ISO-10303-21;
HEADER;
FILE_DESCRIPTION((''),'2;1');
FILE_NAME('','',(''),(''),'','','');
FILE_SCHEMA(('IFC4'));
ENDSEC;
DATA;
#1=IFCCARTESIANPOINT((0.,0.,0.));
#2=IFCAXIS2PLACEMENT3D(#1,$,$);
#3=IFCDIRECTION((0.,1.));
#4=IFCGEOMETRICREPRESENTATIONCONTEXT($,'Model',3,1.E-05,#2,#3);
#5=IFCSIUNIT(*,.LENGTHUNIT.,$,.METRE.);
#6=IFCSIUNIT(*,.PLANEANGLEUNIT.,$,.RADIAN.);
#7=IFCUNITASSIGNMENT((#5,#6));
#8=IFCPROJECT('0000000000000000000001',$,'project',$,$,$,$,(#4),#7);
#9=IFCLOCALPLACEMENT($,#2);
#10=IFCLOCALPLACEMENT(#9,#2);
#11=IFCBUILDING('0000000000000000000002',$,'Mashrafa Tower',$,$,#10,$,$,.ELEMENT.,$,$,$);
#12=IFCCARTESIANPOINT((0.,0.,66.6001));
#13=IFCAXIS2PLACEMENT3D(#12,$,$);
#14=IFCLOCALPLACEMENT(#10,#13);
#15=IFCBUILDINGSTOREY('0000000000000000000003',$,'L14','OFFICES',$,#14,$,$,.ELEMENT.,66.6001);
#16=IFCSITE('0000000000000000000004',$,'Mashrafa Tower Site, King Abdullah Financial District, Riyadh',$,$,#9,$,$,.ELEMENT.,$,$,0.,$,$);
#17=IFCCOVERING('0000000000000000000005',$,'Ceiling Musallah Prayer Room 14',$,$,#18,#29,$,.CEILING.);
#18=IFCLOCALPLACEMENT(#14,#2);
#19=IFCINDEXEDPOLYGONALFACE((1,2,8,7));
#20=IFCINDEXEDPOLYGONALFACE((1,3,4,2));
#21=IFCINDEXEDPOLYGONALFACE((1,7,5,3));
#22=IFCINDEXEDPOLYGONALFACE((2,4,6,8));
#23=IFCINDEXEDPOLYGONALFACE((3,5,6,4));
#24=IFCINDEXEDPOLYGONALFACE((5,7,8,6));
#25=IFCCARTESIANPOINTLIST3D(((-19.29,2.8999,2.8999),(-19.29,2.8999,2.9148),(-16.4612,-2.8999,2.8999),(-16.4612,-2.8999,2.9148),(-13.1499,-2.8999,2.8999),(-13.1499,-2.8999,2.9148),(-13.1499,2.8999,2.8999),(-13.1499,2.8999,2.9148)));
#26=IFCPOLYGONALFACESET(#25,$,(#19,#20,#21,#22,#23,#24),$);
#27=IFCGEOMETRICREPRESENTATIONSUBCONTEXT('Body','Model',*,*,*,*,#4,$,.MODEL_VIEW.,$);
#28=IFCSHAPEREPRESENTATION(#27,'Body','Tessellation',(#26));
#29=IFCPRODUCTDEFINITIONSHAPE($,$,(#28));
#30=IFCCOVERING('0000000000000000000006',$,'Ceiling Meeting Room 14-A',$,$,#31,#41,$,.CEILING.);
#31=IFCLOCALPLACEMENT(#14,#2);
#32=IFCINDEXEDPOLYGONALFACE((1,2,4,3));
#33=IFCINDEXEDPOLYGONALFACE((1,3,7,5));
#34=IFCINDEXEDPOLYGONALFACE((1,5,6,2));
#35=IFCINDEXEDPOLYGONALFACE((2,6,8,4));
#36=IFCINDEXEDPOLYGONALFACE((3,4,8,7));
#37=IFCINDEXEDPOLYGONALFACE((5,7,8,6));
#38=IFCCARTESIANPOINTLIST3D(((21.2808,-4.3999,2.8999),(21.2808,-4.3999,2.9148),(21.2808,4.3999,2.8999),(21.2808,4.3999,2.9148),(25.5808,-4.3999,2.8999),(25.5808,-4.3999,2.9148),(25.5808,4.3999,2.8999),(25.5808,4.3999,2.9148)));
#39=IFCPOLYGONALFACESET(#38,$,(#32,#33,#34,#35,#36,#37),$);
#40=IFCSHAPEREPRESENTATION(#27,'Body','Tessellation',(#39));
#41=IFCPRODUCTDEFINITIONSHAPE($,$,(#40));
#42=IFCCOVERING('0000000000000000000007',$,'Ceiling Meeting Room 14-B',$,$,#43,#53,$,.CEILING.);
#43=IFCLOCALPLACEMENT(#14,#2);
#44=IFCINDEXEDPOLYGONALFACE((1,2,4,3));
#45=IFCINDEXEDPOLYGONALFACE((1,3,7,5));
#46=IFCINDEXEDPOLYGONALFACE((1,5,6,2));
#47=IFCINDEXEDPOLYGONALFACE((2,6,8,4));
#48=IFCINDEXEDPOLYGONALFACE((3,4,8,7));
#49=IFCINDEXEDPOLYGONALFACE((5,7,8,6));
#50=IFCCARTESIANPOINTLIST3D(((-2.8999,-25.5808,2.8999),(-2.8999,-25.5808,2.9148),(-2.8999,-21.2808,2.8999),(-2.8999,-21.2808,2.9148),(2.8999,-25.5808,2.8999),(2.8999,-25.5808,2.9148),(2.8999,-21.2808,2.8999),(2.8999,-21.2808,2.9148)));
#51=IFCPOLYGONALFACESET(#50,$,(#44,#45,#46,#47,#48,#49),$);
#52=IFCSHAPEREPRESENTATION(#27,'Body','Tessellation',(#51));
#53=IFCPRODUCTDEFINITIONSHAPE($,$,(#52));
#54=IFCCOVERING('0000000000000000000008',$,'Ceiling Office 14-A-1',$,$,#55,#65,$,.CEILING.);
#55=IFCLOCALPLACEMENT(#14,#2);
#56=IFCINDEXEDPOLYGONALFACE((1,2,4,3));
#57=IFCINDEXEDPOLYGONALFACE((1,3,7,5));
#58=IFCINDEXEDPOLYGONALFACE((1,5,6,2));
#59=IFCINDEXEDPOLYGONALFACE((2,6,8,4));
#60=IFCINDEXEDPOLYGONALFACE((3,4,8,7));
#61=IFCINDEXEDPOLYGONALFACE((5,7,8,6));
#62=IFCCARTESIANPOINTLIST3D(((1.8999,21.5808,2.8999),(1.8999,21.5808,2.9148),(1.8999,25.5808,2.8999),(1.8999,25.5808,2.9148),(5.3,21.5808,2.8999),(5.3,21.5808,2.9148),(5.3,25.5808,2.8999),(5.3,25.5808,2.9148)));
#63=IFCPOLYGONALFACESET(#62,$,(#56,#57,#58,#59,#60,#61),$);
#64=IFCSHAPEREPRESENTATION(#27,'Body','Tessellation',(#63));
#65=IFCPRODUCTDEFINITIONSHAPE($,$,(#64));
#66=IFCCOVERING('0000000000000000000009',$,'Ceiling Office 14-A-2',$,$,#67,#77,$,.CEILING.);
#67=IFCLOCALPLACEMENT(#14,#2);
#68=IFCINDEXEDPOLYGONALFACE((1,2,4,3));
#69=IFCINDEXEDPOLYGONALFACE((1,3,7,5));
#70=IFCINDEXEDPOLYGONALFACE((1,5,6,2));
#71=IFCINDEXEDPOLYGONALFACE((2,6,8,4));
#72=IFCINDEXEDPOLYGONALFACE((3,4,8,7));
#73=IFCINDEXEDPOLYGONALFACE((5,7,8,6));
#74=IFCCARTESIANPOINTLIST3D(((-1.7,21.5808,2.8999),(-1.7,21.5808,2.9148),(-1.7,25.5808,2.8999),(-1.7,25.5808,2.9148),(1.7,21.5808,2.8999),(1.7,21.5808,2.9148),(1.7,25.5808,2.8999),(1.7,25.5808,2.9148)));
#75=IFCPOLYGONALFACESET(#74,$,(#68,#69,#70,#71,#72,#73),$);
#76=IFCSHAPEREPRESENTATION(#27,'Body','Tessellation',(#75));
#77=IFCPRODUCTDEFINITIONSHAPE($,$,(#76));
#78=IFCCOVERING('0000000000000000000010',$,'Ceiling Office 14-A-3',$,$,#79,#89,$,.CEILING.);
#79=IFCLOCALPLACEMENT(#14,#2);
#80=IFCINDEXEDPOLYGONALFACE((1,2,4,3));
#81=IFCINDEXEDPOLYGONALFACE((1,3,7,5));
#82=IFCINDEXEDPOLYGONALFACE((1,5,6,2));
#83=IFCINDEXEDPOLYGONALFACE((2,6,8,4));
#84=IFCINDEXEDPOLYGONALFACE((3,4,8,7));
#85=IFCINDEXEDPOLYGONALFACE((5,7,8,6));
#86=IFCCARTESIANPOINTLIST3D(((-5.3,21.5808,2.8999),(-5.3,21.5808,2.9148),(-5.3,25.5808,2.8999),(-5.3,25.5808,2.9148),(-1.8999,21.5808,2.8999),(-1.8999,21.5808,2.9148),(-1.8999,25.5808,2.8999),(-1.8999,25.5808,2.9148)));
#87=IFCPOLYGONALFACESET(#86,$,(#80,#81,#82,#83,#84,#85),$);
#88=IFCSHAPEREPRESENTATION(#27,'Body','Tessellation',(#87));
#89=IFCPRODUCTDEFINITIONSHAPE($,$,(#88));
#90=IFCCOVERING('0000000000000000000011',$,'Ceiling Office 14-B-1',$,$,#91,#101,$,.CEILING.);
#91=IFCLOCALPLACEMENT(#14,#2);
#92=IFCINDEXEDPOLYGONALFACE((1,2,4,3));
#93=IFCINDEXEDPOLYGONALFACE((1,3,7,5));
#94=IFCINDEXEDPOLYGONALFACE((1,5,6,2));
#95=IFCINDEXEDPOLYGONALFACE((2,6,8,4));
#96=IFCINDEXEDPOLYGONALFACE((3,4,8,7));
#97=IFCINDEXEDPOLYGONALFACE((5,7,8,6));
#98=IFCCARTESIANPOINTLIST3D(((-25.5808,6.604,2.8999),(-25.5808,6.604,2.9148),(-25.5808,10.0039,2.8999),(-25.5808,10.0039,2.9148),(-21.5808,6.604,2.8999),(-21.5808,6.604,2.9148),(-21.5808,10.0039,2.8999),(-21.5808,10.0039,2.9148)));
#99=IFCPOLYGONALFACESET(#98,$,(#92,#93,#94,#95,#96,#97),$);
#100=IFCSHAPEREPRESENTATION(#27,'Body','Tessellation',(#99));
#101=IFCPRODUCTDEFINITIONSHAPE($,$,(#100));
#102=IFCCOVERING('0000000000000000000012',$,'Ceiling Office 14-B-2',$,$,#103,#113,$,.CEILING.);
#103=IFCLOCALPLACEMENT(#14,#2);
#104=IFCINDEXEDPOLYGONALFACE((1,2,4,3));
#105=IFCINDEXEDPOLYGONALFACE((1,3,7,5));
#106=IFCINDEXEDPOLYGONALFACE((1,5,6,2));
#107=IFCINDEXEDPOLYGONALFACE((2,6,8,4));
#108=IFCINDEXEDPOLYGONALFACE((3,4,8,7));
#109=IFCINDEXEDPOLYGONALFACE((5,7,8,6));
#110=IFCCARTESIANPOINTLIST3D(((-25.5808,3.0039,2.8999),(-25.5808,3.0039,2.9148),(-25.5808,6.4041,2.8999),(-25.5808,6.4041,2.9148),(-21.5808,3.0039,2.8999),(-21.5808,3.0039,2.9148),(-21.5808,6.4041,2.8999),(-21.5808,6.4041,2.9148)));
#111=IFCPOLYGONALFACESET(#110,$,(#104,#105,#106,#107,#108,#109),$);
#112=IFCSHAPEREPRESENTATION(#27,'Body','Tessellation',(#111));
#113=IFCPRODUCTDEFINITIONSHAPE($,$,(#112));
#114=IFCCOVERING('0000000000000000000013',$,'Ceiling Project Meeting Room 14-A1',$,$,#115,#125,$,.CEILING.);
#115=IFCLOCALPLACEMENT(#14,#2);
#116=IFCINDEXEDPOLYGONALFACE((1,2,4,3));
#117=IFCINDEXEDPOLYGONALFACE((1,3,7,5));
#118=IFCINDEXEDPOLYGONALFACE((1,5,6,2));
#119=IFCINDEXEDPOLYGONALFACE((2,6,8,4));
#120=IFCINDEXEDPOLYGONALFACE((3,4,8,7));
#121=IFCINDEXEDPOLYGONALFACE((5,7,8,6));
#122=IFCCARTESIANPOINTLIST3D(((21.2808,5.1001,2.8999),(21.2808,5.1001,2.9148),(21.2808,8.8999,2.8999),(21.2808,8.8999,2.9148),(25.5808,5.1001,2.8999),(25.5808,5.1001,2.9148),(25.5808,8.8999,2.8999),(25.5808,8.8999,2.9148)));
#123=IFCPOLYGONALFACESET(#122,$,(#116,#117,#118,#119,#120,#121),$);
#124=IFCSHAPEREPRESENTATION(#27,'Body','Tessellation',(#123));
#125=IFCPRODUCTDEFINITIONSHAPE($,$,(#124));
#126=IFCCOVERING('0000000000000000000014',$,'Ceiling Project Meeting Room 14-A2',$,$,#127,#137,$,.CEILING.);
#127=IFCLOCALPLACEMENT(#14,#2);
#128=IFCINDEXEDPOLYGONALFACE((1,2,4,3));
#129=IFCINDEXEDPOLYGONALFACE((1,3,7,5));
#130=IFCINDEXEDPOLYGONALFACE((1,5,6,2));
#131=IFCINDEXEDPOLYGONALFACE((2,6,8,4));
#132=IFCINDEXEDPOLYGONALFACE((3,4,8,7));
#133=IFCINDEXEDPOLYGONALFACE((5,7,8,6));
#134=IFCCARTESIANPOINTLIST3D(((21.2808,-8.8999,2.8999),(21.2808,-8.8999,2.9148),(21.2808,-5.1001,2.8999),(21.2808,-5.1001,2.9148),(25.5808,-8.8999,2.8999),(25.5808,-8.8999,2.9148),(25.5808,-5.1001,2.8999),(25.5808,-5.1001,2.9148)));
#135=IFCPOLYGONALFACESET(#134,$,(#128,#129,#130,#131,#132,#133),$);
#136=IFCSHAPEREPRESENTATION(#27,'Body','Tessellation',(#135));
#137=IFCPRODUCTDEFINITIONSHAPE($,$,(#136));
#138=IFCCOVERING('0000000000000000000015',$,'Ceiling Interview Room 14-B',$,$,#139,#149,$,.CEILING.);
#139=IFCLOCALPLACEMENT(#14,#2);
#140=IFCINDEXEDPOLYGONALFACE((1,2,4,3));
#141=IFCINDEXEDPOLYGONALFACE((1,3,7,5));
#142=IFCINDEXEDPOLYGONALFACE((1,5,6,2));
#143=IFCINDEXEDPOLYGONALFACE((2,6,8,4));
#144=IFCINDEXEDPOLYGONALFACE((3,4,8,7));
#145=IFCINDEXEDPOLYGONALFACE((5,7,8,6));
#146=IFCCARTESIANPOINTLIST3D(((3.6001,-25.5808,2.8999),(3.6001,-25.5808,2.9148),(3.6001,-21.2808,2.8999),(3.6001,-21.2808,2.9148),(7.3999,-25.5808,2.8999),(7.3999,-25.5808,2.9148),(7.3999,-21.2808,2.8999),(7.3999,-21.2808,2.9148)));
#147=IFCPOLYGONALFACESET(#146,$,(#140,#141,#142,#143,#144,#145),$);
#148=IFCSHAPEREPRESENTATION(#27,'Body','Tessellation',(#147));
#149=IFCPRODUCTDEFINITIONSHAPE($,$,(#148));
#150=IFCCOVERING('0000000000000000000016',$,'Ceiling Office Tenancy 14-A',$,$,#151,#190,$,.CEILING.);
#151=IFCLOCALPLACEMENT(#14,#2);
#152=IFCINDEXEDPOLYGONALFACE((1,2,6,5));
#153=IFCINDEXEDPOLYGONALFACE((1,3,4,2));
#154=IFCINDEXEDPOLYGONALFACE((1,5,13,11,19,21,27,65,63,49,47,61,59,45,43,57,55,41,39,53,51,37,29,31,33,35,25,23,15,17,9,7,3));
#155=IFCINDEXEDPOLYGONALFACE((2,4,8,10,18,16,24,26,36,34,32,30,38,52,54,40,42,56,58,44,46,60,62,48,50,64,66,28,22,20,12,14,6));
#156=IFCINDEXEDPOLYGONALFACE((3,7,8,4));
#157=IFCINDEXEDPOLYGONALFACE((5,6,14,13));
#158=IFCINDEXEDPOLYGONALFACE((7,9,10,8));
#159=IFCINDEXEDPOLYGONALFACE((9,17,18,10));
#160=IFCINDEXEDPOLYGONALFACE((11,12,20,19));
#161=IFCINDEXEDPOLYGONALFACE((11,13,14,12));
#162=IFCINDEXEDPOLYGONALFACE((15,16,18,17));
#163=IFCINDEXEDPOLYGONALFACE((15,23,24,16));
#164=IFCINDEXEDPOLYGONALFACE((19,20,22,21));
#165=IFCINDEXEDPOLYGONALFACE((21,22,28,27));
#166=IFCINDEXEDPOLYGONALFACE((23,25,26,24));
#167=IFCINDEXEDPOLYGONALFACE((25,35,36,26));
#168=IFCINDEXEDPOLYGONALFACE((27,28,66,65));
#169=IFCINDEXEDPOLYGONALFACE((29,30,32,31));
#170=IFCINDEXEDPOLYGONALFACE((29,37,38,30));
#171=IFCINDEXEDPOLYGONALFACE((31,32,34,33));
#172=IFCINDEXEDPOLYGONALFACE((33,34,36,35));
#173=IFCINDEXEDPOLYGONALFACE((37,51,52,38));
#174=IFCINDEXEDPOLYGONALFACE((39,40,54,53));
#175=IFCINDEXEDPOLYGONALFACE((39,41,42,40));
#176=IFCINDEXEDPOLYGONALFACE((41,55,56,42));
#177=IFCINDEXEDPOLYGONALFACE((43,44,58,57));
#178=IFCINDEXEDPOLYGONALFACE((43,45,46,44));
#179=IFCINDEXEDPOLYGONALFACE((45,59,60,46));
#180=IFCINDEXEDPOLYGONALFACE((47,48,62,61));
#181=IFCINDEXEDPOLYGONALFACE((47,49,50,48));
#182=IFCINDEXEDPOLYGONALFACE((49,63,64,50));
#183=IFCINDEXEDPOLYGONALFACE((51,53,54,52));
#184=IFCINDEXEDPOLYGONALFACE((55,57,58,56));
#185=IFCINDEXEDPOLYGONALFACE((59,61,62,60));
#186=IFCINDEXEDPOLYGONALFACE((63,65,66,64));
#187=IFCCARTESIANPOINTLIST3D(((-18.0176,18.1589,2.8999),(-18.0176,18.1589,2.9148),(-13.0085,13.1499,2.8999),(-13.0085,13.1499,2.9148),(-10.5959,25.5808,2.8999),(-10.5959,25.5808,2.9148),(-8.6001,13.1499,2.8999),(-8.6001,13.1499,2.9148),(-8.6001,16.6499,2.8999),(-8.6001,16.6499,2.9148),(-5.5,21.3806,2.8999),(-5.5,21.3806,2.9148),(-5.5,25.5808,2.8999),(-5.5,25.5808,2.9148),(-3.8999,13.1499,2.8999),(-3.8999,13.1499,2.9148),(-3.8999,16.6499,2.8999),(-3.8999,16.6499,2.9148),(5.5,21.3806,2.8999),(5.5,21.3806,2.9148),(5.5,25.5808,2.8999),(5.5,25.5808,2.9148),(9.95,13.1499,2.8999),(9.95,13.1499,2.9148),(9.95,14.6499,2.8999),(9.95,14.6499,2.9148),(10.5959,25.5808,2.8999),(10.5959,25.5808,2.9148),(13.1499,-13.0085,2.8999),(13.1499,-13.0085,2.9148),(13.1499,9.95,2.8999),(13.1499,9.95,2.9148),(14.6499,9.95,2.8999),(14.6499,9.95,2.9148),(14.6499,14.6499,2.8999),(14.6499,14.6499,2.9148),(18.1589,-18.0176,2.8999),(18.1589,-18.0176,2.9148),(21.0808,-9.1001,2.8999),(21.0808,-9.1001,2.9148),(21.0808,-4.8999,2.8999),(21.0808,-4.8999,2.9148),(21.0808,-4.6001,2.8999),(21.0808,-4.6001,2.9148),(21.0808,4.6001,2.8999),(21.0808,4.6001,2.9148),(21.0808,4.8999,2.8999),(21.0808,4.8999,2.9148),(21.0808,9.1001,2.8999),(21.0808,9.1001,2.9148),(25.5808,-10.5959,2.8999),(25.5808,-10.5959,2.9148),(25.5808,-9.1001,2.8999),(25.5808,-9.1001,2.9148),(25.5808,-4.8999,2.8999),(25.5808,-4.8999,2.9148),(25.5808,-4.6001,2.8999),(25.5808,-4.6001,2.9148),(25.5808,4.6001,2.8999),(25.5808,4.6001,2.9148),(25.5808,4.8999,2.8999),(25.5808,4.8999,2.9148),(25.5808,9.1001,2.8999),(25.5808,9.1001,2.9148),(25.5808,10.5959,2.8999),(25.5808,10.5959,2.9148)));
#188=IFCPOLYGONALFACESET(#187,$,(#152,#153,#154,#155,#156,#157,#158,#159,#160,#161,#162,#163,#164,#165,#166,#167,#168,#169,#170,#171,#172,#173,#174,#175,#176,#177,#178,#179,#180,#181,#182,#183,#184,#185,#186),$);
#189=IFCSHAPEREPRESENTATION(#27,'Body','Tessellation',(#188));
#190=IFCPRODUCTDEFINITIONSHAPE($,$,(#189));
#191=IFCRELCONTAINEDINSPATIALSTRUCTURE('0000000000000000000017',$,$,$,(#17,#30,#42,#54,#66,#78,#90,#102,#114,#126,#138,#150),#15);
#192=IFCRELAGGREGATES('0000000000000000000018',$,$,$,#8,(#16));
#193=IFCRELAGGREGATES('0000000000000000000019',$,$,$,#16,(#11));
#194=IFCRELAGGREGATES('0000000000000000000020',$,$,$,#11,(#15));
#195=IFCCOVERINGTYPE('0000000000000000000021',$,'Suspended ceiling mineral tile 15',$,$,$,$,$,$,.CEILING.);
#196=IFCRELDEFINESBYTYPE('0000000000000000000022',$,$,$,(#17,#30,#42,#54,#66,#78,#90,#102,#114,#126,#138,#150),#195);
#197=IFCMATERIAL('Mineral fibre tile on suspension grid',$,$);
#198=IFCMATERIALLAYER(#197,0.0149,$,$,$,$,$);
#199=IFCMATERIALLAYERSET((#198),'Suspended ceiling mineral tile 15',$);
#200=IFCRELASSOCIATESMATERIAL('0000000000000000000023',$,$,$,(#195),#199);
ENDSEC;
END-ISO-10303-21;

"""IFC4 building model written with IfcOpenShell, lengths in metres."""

from ifc_helpers import new_model, si_unit, direction, frame, origin, place, context, subcontext, project, spatial, polyline, outline, extrude, material, layer, layer_set, type_object, element, save


model = new_model("IFC4")

# Units and contexts
model_context = context("Model", 3, precision=1e-05, world=origin(), true_north=direction((0.0, 1.0)))
body_context = subcontext(model_context, "Body", "Model", "MODEL_VIEW")
ifc_project = project(units=[si_unit("LENGTHUNIT", "METRE"), si_unit("PLANEANGLEUNIT", "RADIAN")], contexts=[model_context])

# Site, building, storey
site_placement = place(None, origin())
site = spatial("IfcSite", under=ifc_project, at=site_placement, Name="Mashrafa Tower Site, King Abdullah Financial District, Riyadh", CompositionType="ELEMENT", RefElevation=0.0)
building_placement = place(site_placement, origin())
building = spatial("IfcBuilding", under=site, at=building_placement, Name="Mashrafa Tower", CompositionType="ELEMENT")
storey_placement = place(building_placement, frame((0.0, 0.0, 66.6001)))
storey = spatial("IfcBuildingStorey", under=building, at=storey_placement, Name="L14", Description="OFFICES", CompositionType="ELEMENT", Elevation=66.6001)

# Coverings
ifc_material_1 = material(Name="Mineral fibre tile on suspension grid")
ifc_layer_1 = layer(ifc_material_1, 0.0149)
ifc_layer_set_1 = layer_set([ifc_layer_1], Name="Suspended ceiling mineral tile 15")
covering_type = type_object("IfcCoveringType", Name="Suspended ceiling mineral tile 15", PredefinedType="CEILING", material=ifc_layer_set_1)
covering_1_placement = place(storey_placement, frame((0.0, 0.0, 2.8999)))
element("IfcCovering", 1, at=covering_1_placement, inside=storey, type_object=covering_type, Name="Ceiling Musallah Prayer Room 14", PredefinedType="CEILING", context=body_context, shape_type="SweptSolid", body=[
    extrude(outline(polyline([(-16.4612, -2.8999), (-19.29, 2.8999), (-13.1499, 2.8999), (-13.1499, -2.8999), (-16.4612, -2.8999)])), origin(), (0.0, 0.0, 1.0), 0.0149),
])
covering_2_placement = place(storey_placement, frame((0.0, 0.0, 2.8999)))
element("IfcCovering", 2, at=covering_2_placement, inside=storey, type_object=covering_type, Name="Ceiling Meeting Room 14-A", PredefinedType="CEILING", context=body_context, shape_type="SweptSolid", body=[
    extrude(outline(polyline([(21.2808, 4.3999), (25.5808, 4.3999), (25.5808, -4.3999), (21.2808, -4.3999), (21.2808, 4.3999)])), origin(), (0.0, 0.0, 1.0), 0.0149),
])
covering_3_placement = place(storey_placement, frame((0.0, 0.0, 2.8999)))
element("IfcCovering", 3, at=covering_3_placement, inside=storey, type_object=covering_type, Name="Ceiling Meeting Room 14-B", PredefinedType="CEILING", context=body_context, shape_type="SweptSolid", body=[
    extrude(outline(polyline([(-2.8999, -21.2808), (2.8999, -21.2808), (2.8999, -25.5808), (-2.8999, -25.5808), (-2.8999, -21.2808)])), origin(), (0.0, 0.0, 1.0), 0.0149),
])
covering_4_placement = place(storey_placement, frame((0.0, 0.0, 2.8999)))
element("IfcCovering", 4, at=covering_4_placement, inside=storey, type_object=covering_type, Name="Ceiling Office 14-A-1", PredefinedType="CEILING", context=body_context, shape_type="SweptSolid", body=[
    extrude(outline(polyline([(1.8999, 25.5808), (5.3, 25.5808), (5.3, 21.5808), (1.8999, 21.5808), (1.8999, 25.5808)])), origin(), (0.0, 0.0, 1.0), 0.0149),
])
covering_5_placement = place(storey_placement, frame((0.0, 0.0, 2.8999)))
element("IfcCovering", 5, at=covering_5_placement, inside=storey, type_object=covering_type, Name="Ceiling Office 14-A-2", PredefinedType="CEILING", context=body_context, shape_type="SweptSolid", body=[
    extrude(outline(polyline([(-1.7, 25.5808), (1.7, 25.5808), (1.7, 21.5808), (-1.7, 21.5808), (-1.7, 25.5808)])), origin(), (0.0, 0.0, 1.0), 0.0149),
])
covering_6_placement = place(storey_placement, frame((0.0, 0.0, 2.8999)))
element("IfcCovering", 6, at=covering_6_placement, inside=storey, type_object=covering_type, Name="Ceiling Office 14-A-3", PredefinedType="CEILING", context=body_context, shape_type="SweptSolid", body=[
    extrude(outline(polyline([(-5.3, 25.5808), (-1.8999, 25.5808), (-1.8999, 21.5808), (-5.3, 21.5808), (-5.3, 25.5808)])), origin(), (0.0, 0.0, 1.0), 0.0149),
])
covering_7_placement = place(storey_placement, frame((0.0, 0.0, 2.8999)))
element("IfcCovering", 7, at=covering_7_placement, inside=storey, type_object=covering_type, Name="Ceiling Office 14-B-1", PredefinedType="CEILING", context=body_context, shape_type="SweptSolid", body=[
    extrude(outline(polyline([(-21.5808, 10.0039), (-21.5808, 6.604), (-25.5808, 6.604), (-25.5808, 10.0039), (-21.5808, 10.0039)])), origin(), (0.0, 0.0, 1.0), 0.0149),
])
covering_8_placement = place(storey_placement, frame((0.0, 0.0, 2.8999)))
element("IfcCovering", 8, at=covering_8_placement, inside=storey, type_object=covering_type, Name="Ceiling Office 14-B-2", PredefinedType="CEILING", context=body_context, shape_type="SweptSolid", body=[
    extrude(outline(polyline([(-21.5808, 6.4041), (-21.5808, 3.0039), (-25.5808, 3.0039), (-25.5808, 6.4041), (-21.5808, 6.4041)])), origin(), (0.0, 0.0, 1.0), 0.0149),
])
covering_9_placement = place(storey_placement, frame((0.0, 0.0, 2.8999)))
element("IfcCovering", 9, at=covering_9_placement, inside=storey, type_object=covering_type, Name="Ceiling Project Meeting Room 14-A1", PredefinedType="CEILING", context=body_context, shape_type="SweptSolid", body=[
    extrude(outline(polyline([(21.2808, 8.8999), (25.5808, 8.8999), (25.5808, 5.1001), (21.2808, 5.1001), (21.2808, 8.8999)])), origin(), (0.0, 0.0, 1.0), 0.0149),
])
covering_10_placement = place(storey_placement, frame((0.0, 0.0, 2.8999)))
element("IfcCovering", 10, at=covering_10_placement, inside=storey, type_object=covering_type, Name="Ceiling Project Meeting Room 14-A2", PredefinedType="CEILING", context=body_context, shape_type="SweptSolid", body=[
    extrude(outline(polyline([(21.2808, -5.1001), (25.5808, -5.1001), (25.5808, -8.8999), (21.2808, -8.8999), (21.2808, -5.1001)])), origin(), (0.0, 0.0, 1.0), 0.0149),
])
covering_11_placement = place(storey_placement, frame((0.0, 0.0, 2.8999)))
element("IfcCovering", 11, at=covering_11_placement, inside=storey, type_object=covering_type, Name="Ceiling Interview Room 14-B", PredefinedType="CEILING", context=body_context, shape_type="SweptSolid", body=[
    extrude(outline(polyline([(3.6001, -21.2808), (7.3999, -21.2808), (7.3999, -25.5808), (3.6001, -25.5808), (3.6001, -21.2808)])), origin(), (0.0, 0.0, 1.0), 0.0149),
])
covering_12_placement = place(storey_placement, frame((0.0, 0.0, 2.8999)))
element("IfcCovering", 12, at=covering_12_placement, inside=storey, type_object=covering_type, Name="Ceiling Office Tenancy 14-A", PredefinedType="CEILING", context=body_context, shape_type="SweptSolid", body=[
    extrude(outline(polyline([(-13.0085, 13.1499), (-18.0176, 18.1589), (-10.5959, 25.5808), (-5.5, 25.5808), (-5.5, 21.3806), (5.5, 21.3806), (5.5, 25.5808), (10.5959, 25.5808), (25.5808, 10.5959), (25.5808, 9.1001), (21.0808, 9.1001), (21.0808, 4.8999), (25.5808, 4.8999), (25.5808, 4.6001), (21.0808, 4.6001), (21.0808, -4.6001), (25.5808, -4.6001), (25.5808, -4.8999), (21.0808, -4.8999), (21.0808, -9.1001), (25.5808, -9.1001), (25.5808, -10.5959), (18.1589, -18.0176), (13.1499, -13.0085), (13.1499, 9.95), (14.6499, 9.95), (14.6499, 14.6499), (9.95, 14.6499), (9.95, 13.1499), (-3.8999, 13.1499), (-3.8999, 16.6499), (-8.6001, 16.6499), (-8.6001, 13.1499), (-13.0085, 13.1499)])), origin(), (0.0, 0.0, 1.0), 0.0149),
])

save(model, "model.ifc")
